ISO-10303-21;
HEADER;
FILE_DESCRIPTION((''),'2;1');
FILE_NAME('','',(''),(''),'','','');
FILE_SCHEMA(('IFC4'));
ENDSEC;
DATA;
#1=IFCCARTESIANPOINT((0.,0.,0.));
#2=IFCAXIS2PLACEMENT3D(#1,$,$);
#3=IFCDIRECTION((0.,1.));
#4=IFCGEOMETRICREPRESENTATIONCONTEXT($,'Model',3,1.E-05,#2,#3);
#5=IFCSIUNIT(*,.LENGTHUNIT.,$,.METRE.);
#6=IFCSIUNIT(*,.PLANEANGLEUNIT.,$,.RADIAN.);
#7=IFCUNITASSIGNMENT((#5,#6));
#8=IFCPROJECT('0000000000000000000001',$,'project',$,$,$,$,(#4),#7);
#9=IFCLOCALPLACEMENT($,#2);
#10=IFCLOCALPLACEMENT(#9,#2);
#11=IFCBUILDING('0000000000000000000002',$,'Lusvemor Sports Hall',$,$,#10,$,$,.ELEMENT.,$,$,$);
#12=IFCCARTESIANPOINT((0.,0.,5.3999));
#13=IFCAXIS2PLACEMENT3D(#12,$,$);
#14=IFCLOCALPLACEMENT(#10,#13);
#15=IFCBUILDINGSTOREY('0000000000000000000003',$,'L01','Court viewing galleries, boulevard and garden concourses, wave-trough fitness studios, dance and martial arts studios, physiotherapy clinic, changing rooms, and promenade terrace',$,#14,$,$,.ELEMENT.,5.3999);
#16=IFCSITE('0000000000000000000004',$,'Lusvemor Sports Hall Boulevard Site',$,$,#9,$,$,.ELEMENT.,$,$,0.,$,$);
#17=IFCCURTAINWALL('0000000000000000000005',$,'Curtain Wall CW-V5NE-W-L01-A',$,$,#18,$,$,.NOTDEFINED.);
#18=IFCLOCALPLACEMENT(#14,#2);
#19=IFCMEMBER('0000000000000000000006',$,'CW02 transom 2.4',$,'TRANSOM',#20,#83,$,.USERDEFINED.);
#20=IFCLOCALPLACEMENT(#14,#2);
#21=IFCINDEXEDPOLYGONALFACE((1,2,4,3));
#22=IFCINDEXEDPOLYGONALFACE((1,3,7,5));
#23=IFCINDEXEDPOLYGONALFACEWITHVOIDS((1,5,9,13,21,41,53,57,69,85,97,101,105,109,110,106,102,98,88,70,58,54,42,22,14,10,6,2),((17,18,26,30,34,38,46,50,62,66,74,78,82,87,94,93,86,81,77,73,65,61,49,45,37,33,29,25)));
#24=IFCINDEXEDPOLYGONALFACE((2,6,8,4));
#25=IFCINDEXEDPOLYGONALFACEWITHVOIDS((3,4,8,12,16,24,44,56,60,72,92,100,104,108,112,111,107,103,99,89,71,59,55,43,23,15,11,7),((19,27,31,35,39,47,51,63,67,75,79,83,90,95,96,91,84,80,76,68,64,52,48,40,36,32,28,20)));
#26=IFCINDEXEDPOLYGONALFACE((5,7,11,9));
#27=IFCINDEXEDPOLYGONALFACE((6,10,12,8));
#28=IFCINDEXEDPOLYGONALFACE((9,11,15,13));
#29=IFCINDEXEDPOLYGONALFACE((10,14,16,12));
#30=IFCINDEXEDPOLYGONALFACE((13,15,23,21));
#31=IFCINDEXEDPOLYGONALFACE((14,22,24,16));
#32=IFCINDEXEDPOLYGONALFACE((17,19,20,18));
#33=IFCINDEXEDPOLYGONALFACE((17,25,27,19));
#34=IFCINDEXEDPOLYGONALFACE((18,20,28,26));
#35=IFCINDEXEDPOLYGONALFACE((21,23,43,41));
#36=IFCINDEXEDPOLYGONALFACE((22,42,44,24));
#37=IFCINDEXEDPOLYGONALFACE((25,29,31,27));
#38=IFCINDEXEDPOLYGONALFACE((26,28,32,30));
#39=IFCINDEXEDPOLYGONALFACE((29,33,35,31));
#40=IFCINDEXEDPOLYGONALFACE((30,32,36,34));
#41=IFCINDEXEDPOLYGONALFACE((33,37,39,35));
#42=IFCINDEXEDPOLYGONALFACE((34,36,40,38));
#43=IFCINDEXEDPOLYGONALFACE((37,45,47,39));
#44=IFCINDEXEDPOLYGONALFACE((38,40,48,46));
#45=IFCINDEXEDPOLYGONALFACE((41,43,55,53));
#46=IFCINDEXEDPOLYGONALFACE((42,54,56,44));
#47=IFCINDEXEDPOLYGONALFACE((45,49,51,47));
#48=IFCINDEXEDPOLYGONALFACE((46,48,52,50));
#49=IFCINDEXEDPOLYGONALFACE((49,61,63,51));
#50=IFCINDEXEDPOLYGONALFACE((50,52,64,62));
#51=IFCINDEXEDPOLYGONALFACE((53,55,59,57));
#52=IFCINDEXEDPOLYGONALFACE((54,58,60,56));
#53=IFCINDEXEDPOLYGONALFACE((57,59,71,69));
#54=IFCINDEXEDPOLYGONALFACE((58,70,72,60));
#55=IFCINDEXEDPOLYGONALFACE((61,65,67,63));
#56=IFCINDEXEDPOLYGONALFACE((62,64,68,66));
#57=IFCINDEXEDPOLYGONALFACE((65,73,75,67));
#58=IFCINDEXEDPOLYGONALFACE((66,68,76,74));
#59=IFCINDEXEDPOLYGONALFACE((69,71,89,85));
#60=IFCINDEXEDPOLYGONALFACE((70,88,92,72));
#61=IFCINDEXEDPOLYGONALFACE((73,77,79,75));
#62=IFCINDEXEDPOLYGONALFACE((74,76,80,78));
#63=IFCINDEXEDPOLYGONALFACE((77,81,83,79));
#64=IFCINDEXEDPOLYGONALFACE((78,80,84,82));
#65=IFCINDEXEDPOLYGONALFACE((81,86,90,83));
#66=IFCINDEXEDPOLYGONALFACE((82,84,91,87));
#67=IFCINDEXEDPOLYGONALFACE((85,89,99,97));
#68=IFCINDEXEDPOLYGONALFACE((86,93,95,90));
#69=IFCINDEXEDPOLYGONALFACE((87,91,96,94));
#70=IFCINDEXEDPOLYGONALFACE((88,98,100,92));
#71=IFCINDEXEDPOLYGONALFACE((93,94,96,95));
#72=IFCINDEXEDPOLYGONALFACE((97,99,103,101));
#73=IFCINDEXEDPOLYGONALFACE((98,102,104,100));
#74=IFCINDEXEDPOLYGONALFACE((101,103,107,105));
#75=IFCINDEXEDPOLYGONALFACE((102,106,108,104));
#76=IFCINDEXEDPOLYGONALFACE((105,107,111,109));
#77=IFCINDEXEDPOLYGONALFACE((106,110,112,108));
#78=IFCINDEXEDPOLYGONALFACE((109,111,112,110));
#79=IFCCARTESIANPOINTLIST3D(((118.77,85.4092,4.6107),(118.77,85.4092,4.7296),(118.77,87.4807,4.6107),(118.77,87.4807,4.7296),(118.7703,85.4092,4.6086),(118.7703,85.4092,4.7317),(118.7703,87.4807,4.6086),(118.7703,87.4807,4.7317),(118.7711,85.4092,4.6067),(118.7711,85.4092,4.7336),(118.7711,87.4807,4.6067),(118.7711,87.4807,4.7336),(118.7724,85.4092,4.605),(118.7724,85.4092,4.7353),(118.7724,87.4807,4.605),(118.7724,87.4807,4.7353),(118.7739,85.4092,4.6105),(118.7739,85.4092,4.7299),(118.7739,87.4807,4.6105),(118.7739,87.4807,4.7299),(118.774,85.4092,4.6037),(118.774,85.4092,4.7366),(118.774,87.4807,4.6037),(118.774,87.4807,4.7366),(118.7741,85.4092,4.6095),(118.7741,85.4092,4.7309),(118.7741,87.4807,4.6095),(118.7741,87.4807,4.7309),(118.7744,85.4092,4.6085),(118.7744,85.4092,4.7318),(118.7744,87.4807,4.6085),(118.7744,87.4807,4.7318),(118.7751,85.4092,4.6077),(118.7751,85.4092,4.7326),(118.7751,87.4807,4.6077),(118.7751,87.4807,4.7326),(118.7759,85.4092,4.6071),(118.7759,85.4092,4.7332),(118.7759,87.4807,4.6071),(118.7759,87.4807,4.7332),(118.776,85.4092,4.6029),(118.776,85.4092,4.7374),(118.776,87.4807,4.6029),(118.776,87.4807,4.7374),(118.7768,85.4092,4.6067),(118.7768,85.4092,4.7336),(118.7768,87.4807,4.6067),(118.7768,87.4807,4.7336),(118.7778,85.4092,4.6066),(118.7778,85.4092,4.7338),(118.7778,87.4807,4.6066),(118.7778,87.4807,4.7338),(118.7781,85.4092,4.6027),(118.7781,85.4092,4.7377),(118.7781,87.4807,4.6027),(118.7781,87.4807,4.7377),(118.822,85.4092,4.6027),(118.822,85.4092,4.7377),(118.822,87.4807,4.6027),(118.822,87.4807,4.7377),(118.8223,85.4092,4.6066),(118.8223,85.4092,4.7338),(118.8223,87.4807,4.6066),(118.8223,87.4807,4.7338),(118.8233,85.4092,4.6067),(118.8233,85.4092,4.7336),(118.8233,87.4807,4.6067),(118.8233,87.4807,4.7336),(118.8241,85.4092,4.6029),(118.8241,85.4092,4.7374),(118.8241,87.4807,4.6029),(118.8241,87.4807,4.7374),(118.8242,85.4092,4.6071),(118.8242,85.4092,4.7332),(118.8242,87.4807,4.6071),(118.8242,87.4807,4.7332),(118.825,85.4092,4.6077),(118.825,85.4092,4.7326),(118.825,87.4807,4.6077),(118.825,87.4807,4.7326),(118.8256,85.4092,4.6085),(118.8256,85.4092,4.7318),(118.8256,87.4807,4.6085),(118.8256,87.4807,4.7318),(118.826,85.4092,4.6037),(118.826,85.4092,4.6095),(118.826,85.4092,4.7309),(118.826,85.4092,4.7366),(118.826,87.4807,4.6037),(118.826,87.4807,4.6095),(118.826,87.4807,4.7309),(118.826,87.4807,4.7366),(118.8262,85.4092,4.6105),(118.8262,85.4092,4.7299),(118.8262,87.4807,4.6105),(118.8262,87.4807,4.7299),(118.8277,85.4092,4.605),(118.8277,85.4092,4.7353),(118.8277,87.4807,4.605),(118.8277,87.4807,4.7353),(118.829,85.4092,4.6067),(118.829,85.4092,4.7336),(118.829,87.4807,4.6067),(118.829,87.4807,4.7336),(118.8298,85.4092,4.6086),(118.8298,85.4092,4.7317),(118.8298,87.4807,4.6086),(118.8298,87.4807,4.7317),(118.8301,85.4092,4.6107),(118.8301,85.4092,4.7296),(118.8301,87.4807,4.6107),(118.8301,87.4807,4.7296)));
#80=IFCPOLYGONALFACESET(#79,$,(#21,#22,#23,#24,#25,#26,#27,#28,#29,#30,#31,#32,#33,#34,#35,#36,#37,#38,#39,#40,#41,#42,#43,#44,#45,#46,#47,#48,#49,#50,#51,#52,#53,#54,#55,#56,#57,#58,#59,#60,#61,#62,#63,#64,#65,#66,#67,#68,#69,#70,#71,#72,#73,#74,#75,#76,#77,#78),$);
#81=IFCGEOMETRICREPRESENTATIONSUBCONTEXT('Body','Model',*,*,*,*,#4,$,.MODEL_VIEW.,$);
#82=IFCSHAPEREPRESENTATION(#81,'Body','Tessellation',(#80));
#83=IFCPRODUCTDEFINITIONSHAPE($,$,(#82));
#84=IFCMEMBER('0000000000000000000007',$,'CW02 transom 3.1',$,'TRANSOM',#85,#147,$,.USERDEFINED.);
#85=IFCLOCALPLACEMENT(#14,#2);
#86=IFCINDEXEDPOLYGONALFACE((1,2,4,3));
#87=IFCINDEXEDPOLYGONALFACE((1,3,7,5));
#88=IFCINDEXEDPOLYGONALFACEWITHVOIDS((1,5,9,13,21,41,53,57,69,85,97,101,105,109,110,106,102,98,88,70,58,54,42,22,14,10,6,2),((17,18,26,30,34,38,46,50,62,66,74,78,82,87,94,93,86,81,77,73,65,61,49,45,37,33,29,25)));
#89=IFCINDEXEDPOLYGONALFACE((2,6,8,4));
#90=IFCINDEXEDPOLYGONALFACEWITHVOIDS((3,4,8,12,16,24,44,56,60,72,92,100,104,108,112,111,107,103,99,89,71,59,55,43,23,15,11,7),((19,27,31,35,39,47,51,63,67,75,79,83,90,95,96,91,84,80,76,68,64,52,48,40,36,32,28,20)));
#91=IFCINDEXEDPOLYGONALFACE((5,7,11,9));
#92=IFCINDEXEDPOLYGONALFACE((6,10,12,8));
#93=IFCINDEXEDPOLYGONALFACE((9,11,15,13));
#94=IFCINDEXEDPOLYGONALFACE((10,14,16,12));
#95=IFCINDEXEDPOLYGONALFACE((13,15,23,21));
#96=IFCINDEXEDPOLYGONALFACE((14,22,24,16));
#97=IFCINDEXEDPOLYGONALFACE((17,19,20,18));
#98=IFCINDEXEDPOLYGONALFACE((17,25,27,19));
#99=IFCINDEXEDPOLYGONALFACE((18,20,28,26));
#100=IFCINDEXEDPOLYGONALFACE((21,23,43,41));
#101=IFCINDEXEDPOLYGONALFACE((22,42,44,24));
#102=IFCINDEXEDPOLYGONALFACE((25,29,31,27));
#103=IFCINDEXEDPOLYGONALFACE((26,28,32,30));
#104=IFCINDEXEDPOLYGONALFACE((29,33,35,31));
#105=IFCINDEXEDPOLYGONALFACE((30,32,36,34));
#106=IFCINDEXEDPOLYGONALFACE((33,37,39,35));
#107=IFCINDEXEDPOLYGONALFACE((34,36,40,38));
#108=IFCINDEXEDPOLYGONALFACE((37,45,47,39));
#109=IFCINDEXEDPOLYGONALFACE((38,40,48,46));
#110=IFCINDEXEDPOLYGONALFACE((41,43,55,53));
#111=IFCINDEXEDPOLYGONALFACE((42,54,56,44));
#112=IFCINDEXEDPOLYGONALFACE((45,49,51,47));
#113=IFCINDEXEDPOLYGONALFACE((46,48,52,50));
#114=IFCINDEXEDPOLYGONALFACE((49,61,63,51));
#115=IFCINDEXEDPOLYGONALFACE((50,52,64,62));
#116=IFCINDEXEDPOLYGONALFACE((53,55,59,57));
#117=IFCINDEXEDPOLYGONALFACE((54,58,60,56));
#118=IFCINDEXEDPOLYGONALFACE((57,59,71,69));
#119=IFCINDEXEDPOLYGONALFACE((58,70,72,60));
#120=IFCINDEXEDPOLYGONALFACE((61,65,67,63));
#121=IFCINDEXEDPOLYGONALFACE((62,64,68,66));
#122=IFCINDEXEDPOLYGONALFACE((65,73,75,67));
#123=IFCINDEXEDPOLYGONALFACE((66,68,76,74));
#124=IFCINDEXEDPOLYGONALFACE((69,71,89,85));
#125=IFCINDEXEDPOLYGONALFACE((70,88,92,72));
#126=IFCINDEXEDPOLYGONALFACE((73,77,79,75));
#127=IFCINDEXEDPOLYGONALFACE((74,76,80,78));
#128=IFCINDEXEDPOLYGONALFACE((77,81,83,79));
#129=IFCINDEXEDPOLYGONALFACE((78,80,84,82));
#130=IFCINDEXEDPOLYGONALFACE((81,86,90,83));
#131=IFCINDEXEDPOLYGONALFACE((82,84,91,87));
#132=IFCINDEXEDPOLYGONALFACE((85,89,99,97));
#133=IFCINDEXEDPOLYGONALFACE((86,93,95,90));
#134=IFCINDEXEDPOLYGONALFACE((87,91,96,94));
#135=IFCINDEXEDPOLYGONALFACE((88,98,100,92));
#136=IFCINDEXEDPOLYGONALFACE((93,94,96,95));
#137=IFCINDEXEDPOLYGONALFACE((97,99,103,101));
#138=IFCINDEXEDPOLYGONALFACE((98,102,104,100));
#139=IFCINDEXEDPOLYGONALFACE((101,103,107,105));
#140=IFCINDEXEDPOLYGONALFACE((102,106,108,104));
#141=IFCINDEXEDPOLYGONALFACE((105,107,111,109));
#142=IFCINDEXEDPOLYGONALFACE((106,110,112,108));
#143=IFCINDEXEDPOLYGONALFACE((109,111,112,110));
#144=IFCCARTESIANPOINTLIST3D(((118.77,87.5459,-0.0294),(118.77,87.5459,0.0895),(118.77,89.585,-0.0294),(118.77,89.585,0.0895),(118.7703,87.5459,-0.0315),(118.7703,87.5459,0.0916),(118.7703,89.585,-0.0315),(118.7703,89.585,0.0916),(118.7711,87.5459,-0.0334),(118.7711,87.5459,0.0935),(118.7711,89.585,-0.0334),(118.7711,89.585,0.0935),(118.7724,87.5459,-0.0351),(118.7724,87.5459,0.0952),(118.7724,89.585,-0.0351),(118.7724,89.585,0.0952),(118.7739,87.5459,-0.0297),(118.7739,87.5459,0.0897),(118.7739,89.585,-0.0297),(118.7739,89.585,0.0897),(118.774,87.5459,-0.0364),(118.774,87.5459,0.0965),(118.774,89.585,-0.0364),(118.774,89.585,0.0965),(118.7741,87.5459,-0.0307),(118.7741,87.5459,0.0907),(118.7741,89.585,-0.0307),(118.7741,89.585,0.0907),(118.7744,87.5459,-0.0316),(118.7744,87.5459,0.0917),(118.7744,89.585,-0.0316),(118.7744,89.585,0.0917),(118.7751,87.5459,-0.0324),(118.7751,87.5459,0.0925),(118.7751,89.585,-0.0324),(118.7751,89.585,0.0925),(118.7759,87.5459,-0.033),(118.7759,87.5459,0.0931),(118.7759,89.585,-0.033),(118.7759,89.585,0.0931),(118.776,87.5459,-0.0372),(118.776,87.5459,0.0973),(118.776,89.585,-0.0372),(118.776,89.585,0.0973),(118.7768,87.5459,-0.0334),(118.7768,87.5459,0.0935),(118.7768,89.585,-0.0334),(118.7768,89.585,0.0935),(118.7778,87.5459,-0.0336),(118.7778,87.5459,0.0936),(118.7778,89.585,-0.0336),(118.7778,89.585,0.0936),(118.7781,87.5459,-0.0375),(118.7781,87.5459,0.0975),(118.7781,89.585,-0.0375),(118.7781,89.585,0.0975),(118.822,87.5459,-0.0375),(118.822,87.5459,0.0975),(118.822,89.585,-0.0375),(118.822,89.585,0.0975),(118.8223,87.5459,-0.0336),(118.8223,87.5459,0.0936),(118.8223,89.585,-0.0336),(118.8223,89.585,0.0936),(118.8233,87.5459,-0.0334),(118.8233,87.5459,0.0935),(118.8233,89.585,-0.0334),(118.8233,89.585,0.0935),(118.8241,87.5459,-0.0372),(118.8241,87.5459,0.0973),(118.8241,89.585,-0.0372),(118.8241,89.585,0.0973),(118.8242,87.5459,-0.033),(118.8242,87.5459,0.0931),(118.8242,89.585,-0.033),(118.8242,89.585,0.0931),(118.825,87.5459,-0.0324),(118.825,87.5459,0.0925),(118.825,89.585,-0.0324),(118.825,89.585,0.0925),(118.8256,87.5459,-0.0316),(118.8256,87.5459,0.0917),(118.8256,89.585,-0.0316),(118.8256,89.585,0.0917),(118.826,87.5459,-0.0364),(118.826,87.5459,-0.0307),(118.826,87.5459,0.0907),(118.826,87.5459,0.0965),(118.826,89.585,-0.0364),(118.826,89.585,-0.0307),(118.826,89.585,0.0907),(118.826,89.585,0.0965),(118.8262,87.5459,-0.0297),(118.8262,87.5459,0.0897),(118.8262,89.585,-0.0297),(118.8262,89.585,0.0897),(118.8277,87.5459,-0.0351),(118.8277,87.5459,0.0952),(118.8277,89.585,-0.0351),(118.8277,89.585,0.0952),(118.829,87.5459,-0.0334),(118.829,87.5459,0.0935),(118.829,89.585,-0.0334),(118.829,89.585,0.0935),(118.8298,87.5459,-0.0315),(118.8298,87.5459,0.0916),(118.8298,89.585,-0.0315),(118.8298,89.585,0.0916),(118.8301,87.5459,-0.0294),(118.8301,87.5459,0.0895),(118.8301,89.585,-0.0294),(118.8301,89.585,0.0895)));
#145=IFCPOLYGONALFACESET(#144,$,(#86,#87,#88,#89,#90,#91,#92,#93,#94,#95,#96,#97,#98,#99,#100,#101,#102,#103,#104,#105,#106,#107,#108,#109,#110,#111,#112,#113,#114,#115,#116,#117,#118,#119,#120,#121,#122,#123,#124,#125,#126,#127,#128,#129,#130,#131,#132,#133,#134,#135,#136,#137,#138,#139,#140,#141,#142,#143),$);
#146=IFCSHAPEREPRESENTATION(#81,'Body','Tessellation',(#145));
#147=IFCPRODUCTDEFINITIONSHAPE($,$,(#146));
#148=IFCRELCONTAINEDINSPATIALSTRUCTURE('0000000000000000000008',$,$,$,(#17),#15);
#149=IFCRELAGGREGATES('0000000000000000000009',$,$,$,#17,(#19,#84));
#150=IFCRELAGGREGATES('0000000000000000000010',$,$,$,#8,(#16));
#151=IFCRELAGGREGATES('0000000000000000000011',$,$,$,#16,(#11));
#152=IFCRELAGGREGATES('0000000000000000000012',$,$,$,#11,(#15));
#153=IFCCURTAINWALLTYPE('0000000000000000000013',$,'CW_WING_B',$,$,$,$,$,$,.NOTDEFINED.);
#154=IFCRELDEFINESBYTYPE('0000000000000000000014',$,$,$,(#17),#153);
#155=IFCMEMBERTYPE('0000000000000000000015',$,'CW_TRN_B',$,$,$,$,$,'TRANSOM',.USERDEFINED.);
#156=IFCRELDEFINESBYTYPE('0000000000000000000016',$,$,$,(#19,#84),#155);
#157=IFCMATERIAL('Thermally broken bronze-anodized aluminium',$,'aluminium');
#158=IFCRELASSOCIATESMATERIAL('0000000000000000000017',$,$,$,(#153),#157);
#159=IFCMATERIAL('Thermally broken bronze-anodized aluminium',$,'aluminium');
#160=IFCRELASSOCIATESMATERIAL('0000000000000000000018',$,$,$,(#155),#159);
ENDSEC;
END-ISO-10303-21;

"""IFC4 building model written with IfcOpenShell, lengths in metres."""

from ifc_helpers import new_model, si_unit, direction, frame, origin, origin_2d, place, context, subcontext, project, spatial, hollow_rectangle, extrude, material, material_profile, profile_set, type_object, element, aggregate, save


model = new_model("IFC4")

# Units and contexts
model_context = context("Model", 3, precision=1e-05, world=origin(), true_north=direction((0.0, 1.0)))
body_context = subcontext(model_context, "Body", "Model", "MODEL_VIEW")
ifc_project = project(units=[si_unit("LENGTHUNIT", "METRE"), si_unit("PLANEANGLEUNIT", "RADIAN")], contexts=[model_context])

# Site, building, storey
site_placement = place(None, origin())
site = spatial("IfcSite", under=ifc_project, at=site_placement, Name="Lusvemor Sports Hall Boulevard Site", CompositionType="ELEMENT", RefElevation=0.0)
building_placement = place(site_placement, origin())
building = spatial("IfcBuilding", under=site, at=building_placement, Name="Lusvemor Sports Hall", CompositionType="ELEMENT")
storey_placement = place(building_placement, frame((0.0, 0.0, 5.3999)))
storey = spatial("IfcBuildingStorey", under=building, at=storey_placement, Name="L01", Description="Court viewing galleries, boulevard and garden concourses, wave-trough fitness studios, dance and martial arts studios, physiotherapy clinic, changing rooms, and promenade terrace", CompositionType="ELEMENT", Elevation=5.3999)

# Curtain wall
ifc_material_1 = material(Name="Thermally broken bronze-anodized aluminium", Category="aluminium")
curtain_wall_type = type_object("IfcCurtainWallType", Name="CW_WING_B", PredefinedType="NOTDEFINED", material=ifc_material_1)
curtain_wall_1_placement = place(storey_placement, origin())
curtain_wall_1 = element("IfcCurtainWall", 1, at=curtain_wall_1_placement, inside=storey, type_object=curtain_wall_type, Name="Curtain Wall CW-V5NE-W-L01-A", PredefinedType="NOTDEFINED")

# Members
ifc_material_2 = material(Name="Thermally broken bronze-anodized aluminium", Category="aluminium")
ifc_material_profile_1 = material_profile(ifc_material_2, hollow_rectangle(XDim=0.0601, YDim=0.135, WallThickness=0.0039, InnerFilletRadius=0.0039, OuterFilletRadius=0.0081, at=origin_2d()), Name="CWTRN135x60x4")
ifc_profile_set_1 = profile_set([ifc_material_profile_1], Name="Thermally broken bronze-anodized aluminium")
member_type_1 = type_object("IfcMemberType", Name="CW_TRN_B", ElementType="TRANSOM", PredefinedType="USERDEFINED", material=ifc_profile_set_1)
member_1_placement = place(storey_placement, frame((118.8, 85.4092, 4.6702), z_axis=(0.0, 1.0, 0.0), x_axis=(-1.0, 0.0, 0.0)))
member_1 = element("IfcMember", 2, at=member_1_placement, type_object=member_type_1, Name="CW02 transom 2.4", ObjectType="TRANSOM", PredefinedType="USERDEFINED", context=body_context, shape_type="SweptSolid", body=[
    extrude(hollow_rectangle(XDim=0.0601, YDim=0.135, WallThickness=0.0039, InnerFilletRadius=0.0039, OuterFilletRadius=0.0081, at=origin_2d()), origin(), (0.0, 0.0, 1.0), 2.0715),
])
member_2_placement = place(storey_placement, frame((118.8, 87.5459, 0.03), z_axis=(0.0, 1.0, 0.0), x_axis=(-1.0, 0.0, 0.0)))
member_2 = element("IfcMember", 3, at=member_2_placement, type_object=member_type_1, Name="CW02 transom 3.1", ObjectType="TRANSOM", PredefinedType="USERDEFINED", context=body_context, shape_type="SweptSolid", body=[
    extrude(hollow_rectangle(XDim=0.0601, YDim=0.135, WallThickness=0.0039, InnerFilletRadius=0.0039, OuterFilletRadius=0.0081, at=origin_2d()), origin(), (0.0, 0.0, 1.0), 2.0391),
])

aggregate(curtain_wall_1, [member_1, member_2])

save(model, "model.ifc")
